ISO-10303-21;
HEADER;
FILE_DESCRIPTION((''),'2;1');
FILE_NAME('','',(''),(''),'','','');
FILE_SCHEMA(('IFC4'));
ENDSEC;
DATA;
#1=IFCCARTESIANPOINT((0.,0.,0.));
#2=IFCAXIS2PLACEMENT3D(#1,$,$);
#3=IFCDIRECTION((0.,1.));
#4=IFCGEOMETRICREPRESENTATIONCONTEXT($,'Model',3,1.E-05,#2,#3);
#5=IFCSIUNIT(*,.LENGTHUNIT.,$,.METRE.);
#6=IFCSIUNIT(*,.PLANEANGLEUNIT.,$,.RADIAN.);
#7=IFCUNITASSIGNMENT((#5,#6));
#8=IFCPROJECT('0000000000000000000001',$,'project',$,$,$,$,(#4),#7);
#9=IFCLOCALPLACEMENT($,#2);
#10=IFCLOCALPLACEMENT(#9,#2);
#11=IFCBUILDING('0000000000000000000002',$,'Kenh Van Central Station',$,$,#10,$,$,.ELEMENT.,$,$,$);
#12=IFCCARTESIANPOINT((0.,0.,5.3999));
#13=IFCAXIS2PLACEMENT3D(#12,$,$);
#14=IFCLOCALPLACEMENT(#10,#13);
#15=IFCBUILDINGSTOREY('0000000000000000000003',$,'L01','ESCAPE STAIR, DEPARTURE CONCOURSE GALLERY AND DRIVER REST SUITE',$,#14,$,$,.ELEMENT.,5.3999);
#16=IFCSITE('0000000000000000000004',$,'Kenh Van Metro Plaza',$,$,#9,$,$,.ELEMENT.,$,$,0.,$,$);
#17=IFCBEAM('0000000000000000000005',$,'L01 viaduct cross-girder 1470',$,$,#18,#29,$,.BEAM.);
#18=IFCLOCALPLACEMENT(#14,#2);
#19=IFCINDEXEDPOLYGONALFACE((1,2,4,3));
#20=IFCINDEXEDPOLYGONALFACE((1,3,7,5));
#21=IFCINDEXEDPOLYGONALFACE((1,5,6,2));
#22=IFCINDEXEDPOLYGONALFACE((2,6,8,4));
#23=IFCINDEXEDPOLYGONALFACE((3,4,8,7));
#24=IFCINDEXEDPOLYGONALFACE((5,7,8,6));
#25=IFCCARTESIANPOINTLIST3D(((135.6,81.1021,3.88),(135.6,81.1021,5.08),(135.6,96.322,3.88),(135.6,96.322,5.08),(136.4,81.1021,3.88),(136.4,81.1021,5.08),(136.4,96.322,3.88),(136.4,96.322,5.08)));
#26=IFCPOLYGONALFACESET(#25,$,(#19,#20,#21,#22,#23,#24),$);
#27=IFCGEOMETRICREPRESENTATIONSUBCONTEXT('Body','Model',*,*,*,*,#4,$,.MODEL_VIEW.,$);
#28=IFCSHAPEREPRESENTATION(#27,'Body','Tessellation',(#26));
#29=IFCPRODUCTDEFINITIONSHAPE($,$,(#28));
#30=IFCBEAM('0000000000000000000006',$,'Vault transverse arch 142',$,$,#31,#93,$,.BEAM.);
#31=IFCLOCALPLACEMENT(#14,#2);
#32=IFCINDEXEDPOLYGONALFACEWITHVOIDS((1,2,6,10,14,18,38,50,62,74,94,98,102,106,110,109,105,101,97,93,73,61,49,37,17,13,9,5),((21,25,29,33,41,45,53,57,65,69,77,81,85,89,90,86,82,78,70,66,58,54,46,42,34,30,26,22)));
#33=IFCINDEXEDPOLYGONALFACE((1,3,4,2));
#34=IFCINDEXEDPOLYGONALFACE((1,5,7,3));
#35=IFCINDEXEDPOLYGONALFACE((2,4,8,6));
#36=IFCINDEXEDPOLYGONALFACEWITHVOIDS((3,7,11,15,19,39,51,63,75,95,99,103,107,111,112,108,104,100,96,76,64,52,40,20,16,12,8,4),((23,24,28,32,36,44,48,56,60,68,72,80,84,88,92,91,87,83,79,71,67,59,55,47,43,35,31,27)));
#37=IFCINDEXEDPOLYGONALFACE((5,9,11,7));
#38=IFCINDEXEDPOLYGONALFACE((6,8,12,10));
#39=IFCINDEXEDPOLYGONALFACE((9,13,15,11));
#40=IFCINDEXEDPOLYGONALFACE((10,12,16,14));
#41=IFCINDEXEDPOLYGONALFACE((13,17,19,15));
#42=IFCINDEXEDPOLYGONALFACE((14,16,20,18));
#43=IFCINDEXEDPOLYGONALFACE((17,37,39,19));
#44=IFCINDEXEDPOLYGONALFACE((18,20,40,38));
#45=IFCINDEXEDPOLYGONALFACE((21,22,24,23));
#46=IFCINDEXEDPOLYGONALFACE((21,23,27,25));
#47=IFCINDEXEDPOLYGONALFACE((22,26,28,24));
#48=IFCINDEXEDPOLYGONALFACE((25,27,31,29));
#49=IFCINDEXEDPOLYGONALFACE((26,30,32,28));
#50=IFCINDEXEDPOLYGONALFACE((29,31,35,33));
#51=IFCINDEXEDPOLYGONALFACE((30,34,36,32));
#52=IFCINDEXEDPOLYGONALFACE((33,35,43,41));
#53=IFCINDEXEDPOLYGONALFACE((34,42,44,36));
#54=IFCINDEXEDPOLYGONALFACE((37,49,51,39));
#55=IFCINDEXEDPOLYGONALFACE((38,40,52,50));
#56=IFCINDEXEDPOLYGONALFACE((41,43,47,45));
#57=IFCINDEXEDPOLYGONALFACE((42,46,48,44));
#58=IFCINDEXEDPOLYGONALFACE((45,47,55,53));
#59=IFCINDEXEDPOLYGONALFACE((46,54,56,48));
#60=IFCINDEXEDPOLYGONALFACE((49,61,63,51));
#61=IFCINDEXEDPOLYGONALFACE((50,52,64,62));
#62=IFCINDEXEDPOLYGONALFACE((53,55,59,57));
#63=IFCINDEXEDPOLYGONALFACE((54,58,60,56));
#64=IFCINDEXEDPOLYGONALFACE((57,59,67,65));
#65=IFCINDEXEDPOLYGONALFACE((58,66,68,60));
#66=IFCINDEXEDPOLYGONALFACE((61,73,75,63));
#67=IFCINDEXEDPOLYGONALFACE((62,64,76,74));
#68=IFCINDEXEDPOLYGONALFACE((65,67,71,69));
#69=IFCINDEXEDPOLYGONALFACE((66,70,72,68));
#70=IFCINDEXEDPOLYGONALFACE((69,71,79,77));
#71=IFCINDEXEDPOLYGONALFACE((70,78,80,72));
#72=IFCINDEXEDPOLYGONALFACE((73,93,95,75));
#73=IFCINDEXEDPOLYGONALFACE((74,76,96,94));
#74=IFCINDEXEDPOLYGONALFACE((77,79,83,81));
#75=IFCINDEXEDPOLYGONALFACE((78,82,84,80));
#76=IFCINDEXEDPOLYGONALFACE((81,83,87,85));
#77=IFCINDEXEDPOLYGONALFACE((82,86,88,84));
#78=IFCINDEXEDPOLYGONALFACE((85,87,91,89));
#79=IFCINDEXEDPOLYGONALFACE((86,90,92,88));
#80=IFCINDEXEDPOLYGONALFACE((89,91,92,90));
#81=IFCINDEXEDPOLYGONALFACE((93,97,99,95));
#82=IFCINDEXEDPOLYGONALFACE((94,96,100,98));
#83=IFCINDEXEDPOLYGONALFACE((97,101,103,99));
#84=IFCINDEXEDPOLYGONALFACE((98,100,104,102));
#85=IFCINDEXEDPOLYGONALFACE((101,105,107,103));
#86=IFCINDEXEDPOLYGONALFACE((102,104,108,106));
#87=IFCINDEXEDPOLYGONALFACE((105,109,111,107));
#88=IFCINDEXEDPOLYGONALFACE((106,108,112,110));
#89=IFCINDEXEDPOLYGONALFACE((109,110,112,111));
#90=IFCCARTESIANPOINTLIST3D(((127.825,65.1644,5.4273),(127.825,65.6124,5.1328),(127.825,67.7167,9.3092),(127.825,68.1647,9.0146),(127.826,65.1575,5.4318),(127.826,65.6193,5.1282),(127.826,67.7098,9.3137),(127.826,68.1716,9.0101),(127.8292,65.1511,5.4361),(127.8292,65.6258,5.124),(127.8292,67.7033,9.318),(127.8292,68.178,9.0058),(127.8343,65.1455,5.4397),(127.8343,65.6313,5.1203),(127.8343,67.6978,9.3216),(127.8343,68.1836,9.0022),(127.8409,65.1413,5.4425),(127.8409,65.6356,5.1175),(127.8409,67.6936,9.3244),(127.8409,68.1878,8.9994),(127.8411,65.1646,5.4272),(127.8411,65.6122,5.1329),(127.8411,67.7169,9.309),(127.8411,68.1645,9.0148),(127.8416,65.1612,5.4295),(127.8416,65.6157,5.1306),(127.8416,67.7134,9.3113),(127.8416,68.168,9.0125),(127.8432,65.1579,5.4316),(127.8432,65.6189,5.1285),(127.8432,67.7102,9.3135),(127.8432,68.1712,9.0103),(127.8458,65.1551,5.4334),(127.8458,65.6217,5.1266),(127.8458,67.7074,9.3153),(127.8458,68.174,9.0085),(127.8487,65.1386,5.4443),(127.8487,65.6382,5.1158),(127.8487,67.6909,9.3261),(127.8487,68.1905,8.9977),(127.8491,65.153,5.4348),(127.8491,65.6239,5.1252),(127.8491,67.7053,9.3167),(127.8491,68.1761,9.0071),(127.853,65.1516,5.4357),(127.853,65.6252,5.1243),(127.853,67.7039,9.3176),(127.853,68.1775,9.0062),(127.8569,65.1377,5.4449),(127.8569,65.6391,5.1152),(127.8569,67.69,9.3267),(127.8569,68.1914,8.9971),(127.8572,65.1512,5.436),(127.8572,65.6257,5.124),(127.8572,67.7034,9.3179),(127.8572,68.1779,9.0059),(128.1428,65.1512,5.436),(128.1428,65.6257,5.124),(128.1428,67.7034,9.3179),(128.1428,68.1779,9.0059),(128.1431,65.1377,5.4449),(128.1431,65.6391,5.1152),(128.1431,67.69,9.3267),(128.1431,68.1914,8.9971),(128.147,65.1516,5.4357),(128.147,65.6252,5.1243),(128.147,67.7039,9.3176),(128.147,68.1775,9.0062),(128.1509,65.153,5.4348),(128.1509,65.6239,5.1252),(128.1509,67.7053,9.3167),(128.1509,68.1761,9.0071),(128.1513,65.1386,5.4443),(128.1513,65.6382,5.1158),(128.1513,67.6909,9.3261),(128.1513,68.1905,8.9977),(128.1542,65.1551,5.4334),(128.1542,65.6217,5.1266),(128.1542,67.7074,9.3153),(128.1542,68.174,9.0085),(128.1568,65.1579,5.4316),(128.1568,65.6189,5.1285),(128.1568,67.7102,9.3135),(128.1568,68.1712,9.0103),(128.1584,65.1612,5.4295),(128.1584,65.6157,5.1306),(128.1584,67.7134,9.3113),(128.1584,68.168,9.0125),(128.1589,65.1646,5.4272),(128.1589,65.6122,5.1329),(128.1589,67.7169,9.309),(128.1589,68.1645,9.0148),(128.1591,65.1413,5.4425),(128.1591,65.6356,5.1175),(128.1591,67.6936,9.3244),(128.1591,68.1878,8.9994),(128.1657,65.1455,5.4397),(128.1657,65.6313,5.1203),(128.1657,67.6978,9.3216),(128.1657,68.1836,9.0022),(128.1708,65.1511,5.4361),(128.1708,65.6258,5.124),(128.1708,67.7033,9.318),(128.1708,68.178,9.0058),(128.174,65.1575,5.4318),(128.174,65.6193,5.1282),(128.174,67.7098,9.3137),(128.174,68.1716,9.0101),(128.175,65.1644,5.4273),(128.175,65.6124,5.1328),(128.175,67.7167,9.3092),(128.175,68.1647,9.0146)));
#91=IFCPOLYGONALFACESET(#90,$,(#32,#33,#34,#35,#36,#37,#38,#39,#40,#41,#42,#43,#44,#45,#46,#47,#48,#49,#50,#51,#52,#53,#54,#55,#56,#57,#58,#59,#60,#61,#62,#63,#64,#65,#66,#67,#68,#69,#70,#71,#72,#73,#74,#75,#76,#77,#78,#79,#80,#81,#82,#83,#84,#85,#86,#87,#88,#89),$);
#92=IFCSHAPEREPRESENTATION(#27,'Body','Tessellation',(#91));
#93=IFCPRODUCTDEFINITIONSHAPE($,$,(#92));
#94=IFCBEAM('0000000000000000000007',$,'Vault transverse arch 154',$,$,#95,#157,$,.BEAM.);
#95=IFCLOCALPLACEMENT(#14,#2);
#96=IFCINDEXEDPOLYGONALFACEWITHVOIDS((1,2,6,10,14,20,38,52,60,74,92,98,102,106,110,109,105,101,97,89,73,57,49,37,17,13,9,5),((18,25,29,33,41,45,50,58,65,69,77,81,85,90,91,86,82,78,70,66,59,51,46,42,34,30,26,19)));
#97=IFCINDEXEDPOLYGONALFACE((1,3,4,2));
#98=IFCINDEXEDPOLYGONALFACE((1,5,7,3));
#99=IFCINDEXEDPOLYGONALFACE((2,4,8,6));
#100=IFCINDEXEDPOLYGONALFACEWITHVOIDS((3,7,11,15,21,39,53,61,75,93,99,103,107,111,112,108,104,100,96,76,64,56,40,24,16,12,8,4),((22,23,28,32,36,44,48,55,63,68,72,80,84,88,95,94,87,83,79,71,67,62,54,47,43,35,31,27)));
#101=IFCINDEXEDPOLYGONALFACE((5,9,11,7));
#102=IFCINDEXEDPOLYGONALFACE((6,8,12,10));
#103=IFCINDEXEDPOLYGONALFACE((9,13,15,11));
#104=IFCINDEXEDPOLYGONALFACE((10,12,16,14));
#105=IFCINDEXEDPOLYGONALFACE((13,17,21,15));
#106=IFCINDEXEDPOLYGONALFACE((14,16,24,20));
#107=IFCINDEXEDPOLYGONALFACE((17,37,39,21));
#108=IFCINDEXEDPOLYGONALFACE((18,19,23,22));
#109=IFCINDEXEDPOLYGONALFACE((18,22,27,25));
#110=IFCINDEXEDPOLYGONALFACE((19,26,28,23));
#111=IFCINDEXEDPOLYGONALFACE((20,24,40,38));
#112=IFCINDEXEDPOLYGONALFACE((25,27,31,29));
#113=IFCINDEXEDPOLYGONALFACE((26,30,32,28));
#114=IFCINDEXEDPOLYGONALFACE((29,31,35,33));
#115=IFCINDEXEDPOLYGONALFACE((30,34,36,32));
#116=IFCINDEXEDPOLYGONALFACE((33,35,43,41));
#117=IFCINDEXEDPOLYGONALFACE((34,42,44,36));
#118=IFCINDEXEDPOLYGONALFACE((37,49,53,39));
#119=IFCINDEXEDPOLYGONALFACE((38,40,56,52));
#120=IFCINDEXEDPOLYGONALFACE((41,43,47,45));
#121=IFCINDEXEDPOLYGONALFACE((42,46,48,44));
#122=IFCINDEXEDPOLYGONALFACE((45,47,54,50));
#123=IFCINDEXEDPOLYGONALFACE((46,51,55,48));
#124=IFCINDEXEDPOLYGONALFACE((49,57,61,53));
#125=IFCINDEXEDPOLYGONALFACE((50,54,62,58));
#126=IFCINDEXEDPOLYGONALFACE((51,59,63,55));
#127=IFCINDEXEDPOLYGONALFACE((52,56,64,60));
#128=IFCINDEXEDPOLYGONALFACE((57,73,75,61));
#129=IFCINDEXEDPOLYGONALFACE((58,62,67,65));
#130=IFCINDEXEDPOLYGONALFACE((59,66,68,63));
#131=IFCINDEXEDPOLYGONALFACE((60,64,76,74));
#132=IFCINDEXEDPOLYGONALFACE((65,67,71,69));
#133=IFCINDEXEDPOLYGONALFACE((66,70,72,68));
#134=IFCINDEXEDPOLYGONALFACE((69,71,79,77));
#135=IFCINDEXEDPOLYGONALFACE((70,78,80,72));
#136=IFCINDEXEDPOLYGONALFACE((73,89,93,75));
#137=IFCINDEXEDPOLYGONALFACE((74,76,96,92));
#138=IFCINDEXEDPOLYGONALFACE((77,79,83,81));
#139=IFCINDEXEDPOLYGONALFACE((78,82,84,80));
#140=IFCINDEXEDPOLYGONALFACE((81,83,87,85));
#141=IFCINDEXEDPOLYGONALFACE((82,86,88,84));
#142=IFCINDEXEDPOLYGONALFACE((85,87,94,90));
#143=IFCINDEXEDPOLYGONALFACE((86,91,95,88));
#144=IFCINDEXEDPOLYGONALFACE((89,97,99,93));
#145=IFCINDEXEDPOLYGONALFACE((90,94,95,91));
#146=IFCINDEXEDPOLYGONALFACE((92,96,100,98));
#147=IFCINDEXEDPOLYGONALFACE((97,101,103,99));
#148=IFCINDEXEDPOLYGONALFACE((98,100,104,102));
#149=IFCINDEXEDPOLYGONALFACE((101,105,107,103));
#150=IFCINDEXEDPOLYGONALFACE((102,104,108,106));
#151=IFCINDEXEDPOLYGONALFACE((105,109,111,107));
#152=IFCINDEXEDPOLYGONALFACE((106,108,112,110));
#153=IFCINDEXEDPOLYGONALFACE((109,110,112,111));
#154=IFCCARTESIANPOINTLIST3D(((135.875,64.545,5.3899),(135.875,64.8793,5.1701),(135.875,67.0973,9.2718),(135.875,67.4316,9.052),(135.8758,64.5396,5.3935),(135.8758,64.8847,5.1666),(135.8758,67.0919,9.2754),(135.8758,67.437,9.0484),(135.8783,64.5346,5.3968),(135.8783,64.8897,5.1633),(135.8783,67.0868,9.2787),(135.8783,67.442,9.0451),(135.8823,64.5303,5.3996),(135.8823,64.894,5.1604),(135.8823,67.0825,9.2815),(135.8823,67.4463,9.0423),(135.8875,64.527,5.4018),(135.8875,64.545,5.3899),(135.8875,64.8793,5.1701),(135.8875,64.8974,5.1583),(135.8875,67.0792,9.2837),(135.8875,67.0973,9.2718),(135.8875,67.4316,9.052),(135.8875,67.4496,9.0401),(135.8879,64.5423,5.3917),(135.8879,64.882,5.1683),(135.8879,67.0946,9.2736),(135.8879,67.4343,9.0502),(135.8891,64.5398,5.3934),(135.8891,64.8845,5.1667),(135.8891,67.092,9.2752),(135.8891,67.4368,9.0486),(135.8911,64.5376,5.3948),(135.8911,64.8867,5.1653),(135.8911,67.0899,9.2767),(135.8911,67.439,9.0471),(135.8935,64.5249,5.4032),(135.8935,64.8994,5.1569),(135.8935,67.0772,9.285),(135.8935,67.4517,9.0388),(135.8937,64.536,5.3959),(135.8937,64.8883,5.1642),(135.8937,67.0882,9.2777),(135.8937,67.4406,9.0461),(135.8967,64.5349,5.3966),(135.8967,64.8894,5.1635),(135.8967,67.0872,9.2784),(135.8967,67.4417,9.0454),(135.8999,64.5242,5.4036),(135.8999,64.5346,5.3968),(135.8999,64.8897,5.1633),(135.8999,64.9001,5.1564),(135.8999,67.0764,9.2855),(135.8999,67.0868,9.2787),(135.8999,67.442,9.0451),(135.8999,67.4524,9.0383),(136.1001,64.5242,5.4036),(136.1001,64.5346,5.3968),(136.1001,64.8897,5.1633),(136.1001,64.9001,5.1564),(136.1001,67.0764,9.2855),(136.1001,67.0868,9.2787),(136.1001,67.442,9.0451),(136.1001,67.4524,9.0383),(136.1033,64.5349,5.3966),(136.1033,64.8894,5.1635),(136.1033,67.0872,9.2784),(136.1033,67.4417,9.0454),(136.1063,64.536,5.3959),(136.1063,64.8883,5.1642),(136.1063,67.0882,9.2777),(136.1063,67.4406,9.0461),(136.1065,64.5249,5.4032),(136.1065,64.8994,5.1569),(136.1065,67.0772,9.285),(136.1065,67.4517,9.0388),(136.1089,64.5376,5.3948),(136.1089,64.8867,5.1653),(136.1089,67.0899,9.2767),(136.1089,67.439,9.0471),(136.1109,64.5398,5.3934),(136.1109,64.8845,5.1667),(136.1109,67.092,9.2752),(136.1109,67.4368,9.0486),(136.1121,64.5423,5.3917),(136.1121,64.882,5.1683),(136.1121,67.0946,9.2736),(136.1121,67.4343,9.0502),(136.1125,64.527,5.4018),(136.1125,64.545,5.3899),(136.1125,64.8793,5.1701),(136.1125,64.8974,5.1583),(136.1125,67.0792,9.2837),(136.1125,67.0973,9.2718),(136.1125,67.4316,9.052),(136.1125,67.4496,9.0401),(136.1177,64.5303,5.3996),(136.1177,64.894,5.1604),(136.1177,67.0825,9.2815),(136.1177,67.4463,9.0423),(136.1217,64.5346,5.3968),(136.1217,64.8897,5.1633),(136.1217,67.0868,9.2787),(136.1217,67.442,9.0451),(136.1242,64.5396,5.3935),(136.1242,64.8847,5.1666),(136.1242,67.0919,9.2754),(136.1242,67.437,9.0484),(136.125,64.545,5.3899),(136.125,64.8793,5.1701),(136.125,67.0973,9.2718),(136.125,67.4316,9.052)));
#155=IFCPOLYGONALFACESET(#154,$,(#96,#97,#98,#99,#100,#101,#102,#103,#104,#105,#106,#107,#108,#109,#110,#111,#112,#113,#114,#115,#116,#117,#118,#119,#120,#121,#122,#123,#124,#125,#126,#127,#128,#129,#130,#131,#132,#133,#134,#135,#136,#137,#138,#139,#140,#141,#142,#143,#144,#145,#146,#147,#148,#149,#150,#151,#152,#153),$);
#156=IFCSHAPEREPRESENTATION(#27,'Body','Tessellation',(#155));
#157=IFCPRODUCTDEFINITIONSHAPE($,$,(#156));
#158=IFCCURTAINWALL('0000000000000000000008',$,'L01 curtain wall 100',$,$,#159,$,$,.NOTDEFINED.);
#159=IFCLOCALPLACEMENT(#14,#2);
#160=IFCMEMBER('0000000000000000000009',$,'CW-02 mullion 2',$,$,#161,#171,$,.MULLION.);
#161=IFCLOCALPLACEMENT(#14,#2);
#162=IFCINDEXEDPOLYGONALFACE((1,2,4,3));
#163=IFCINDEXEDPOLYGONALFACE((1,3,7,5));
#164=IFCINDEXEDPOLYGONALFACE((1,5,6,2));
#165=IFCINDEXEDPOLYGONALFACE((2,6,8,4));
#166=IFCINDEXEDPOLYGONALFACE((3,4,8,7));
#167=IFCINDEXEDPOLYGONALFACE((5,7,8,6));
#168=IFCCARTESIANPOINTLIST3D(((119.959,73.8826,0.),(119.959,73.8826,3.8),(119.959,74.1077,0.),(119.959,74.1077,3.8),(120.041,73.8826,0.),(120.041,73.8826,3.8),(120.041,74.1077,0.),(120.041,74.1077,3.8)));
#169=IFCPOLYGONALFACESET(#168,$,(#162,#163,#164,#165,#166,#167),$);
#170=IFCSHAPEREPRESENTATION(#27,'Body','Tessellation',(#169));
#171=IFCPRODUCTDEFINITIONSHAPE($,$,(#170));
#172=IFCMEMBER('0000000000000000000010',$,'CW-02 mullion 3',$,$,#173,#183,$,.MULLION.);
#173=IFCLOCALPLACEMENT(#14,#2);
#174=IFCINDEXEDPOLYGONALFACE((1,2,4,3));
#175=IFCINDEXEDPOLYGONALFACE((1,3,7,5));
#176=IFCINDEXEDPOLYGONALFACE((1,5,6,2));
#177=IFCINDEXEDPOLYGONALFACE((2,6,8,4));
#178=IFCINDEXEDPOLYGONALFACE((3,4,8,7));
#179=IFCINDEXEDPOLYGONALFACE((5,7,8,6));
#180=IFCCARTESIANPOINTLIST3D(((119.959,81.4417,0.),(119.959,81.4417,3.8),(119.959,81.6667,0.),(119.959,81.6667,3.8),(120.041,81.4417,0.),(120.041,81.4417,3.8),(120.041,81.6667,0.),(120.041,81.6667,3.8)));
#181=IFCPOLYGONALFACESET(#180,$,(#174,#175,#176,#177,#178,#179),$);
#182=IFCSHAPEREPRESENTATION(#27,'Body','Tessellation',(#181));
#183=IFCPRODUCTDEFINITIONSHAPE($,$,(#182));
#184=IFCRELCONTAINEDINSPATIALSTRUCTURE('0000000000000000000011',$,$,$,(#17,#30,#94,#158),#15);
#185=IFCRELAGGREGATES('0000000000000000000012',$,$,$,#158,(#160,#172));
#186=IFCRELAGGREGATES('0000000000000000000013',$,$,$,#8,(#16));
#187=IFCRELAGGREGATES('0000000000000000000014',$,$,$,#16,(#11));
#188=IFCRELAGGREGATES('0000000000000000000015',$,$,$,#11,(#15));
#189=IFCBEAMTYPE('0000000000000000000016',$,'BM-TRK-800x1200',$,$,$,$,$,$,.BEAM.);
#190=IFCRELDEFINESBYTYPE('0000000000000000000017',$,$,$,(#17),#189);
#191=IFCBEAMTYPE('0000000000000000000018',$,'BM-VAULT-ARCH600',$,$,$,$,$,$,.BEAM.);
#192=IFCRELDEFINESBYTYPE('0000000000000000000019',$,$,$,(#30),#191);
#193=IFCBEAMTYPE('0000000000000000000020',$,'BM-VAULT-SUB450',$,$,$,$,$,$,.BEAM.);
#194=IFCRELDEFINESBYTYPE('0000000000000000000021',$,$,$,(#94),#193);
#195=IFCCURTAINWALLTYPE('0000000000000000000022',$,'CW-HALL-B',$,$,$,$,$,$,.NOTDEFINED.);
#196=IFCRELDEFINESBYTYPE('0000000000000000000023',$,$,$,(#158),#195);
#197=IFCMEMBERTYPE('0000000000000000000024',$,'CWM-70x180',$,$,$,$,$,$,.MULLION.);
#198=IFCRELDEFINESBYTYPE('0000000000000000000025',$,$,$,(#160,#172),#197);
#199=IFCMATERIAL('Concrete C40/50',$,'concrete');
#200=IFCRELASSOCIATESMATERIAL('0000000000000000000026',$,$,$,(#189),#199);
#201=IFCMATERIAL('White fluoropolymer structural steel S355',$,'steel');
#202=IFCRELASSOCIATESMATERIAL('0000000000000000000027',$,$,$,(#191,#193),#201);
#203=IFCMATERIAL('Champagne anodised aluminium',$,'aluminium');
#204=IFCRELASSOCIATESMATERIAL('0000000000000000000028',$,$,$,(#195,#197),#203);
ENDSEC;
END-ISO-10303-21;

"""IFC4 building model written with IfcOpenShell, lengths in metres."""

from ifc_helpers import new_model, si_unit, direction, frame, origin, origin_2d, place, context, subcontext, project, spatial, rectangle, hollow_rectangle, extrude, material, material_profile, profile_set, type_object, element, aggregate, save


model = new_model("IFC4")

# Units and contexts
model_context = context("Model", 3, precision=1e-05, world=origin(), true_north=direction((0.0, 1.0)))
body_context = subcontext(model_context, "Body", "Model", "MODEL_VIEW")
ifc_project = project(units=[si_unit("LENGTHUNIT", "METRE"), si_unit("PLANEANGLEUNIT", "RADIAN")], contexts=[model_context])

# Site, building, storey
site_placement = place(None, origin())
site = spatial("IfcSite", under=ifc_project, at=site_placement, Name="Kenh Van Metro Plaza", CompositionType="ELEMENT", RefElevation=0.0)
building_placement = place(site_placement, origin())
building = spatial("IfcBuilding", under=site, at=building_placement, Name="Kenh Van Central Station", CompositionType="ELEMENT")
storey_placement = place(building_placement, frame((0.0, 0.0, 5.3999)))
storey = spatial("IfcBuildingStorey", under=building, at=storey_placement, Name="L01", Description="ESCAPE STAIR, DEPARTURE CONCOURSE GALLERY AND DRIVER REST SUITE", CompositionType="ELEMENT", Elevation=5.3999)

# Shared definitions
ifc_material_1 = material(Name="Concrete C40/50", Category="concrete")

# Beams
ifc_material_profile_1 = material_profile(ifc_material_1, rectangle(XDim=0.8, YDim=1.2, at=origin_2d()), Name="RC 800x1200")
ifc_profile_set_1 = profile_set([ifc_material_profile_1], Name="Concrete C40/50")
beam_type_1 = type_object("IfcBeamType", Name="BM-TRK-800x1200", PredefinedType="BEAM", material=ifc_profile_set_1)
for number, where, z_axis, x_axis, name in (
    (1, (136.0, 81.1021, 4.48), (0.0, 1.0, 0.0), (-1.0, 0.0, 0.0), "L01 viaduct cross-girder 1470"),
):
    element("IfcBeam", number, at=place(storey_placement, frame(where, z_axis=z_axis, x_axis=x_axis)), inside=storey, type_object=beam_type_1, Name=name, PredefinedType="BEAM", context=body_context, shape_type="SweptSolid", body=[
        extrude(rectangle(XDim=0.8, YDim=1.2, at=origin_2d()), origin(), (0.0, 0.0, 1.0), 15.22),
    ])
ifc_material_2 = material(Name="White fluoropolymer structural steel S355", Category="steel")
ifc_material_profile_2 = material_profile(ifc_material_2, hollow_rectangle(XDim=0.3501, YDim=0.6001, WallThickness=0.0161, InnerFilletRadius=0.0161, OuterFilletRadius=0.032, at=origin_2d()), Name="RHS 600x350x16")
ifc_profile_set_2 = profile_set([ifc_material_profile_2], Name="White fluoropolymer structural steel S355")
beam_type_2 = type_object("IfcBeamType", Name="BM-VAULT-ARCH600", PredefinedType="BEAM", material=ifc_profile_set_2)
beam_1_placement = place(storey_placement, frame((128.0, 65.3884, 5.28), z_axis=(0.0, 0.549377, 0.835575), x_axis=(-1.0, 0.0, 0.0)))
element("IfcBeam", 2, at=beam_1_placement, inside=storey, type_object=beam_type_2, Name="Vault transverse arch 142", PredefinedType="BEAM", context=body_context, shape_type="SweptSolid", body=[
    extrude(hollow_rectangle(XDim=0.3501, YDim=0.6001, WallThickness=0.0161, InnerFilletRadius=0.0161, OuterFilletRadius=0.032, at=origin_2d()), origin(), (0.0, 0.0, 1.0), 4.6458),
])
ifc_material_profile_3 = material_profile(ifc_material_2, hollow_rectangle(XDim=0.25, YDim=0.45, WallThickness=0.0125, InnerFilletRadius=0.0125, OuterFilletRadius=0.0249, at=origin_2d()), Name="RHS 450x250x12.5")
ifc_profile_set_3 = profile_set([ifc_material_profile_3], Name="White fluoropolymer structural steel S355")
beam_type_3 = type_object("IfcBeamType", Name="BM-VAULT-SUB450", PredefinedType="BEAM", material=ifc_profile_set_3)
beam_2_placement = place(storey_placement, frame((136.0, 64.7122, 5.28), z_axis=(0.0, 0.549377, 0.835575), x_axis=(-1.0, 0.0, 0.0)))
element("IfcBeam", 3, at=beam_2_placement, inside=storey, type_object=beam_type_3, Name="Vault transverse arch 154", PredefinedType="BEAM", context=body_context, shape_type="SweptSolid", body=[
    extrude(hollow_rectangle(XDim=0.25, YDim=0.45, WallThickness=0.0125, InnerFilletRadius=0.0125, OuterFilletRadius=0.0249, at=origin_2d()), origin(), (0.0, 0.0, 1.0), 4.6458),
])

# Curtain wall, members
ifc_material_3 = material(Name="Champagne anodised aluminium", Category="aluminium")
curtain_wall_type = type_object("IfcCurtainWallType", Name="CW-HALL-B", PredefinedType="NOTDEFINED", material=ifc_material_3)
curtain_wall_1_placement = place(storey_placement, origin())
curtain_wall_1 = element("IfcCurtainWall", 4, at=curtain_wall_1_placement, inside=storey, type_object=curtain_wall_type, Name="L01 curtain wall 100", PredefinedType="NOTDEFINED")
ifc_material_profile_4 = material_profile(ifc_material_3, rectangle(XDim=0.082, YDim=0.2251, at=origin_2d()), Name="AL 82x225")
ifc_profile_set_4 = profile_set([ifc_material_profile_4], Name="Champagne anodised aluminium")
member_type_1 = type_object("IfcMemberType", Name="CWM-70x180", PredefinedType="MULLION", material=ifc_profile_set_4)
member_1_placement = place(storey_placement, frame((120.0, 73.9951, 0.0), z_axis=(0.0, 0.0, 1.0), x_axis=(-1.0, 0.0, 0.0)))
member_1 = element("IfcMember", 5, at=member_1_placement, type_object=member_type_1, Name="CW-02 mullion 2", PredefinedType="MULLION", context=body_context, shape_type="SweptSolid", body=[
    extrude(rectangle(XDim=0.082, YDim=0.2251, at=origin_2d()), origin(), (0.0, 0.0, 1.0), 3.8),
])
member_2_placement = place(storey_placement, frame((120.0, 81.5542, 0.0), z_axis=(0.0, 0.0, 1.0), x_axis=(-1.0, 0.0, 0.0)))
member_2 = element("IfcMember", 6, at=member_2_placement, type_object=member_type_1, Name="CW-02 mullion 3", PredefinedType="MULLION", context=body_context, shape_type="SweptSolid", body=[
    extrude(rectangle(XDim=0.082, YDim=0.2251, at=origin_2d()), origin(), (0.0, 0.0, 1.0), 3.8),
])

aggregate(curtain_wall_1, [member_1, member_2])

save(model, "model.ifc")
